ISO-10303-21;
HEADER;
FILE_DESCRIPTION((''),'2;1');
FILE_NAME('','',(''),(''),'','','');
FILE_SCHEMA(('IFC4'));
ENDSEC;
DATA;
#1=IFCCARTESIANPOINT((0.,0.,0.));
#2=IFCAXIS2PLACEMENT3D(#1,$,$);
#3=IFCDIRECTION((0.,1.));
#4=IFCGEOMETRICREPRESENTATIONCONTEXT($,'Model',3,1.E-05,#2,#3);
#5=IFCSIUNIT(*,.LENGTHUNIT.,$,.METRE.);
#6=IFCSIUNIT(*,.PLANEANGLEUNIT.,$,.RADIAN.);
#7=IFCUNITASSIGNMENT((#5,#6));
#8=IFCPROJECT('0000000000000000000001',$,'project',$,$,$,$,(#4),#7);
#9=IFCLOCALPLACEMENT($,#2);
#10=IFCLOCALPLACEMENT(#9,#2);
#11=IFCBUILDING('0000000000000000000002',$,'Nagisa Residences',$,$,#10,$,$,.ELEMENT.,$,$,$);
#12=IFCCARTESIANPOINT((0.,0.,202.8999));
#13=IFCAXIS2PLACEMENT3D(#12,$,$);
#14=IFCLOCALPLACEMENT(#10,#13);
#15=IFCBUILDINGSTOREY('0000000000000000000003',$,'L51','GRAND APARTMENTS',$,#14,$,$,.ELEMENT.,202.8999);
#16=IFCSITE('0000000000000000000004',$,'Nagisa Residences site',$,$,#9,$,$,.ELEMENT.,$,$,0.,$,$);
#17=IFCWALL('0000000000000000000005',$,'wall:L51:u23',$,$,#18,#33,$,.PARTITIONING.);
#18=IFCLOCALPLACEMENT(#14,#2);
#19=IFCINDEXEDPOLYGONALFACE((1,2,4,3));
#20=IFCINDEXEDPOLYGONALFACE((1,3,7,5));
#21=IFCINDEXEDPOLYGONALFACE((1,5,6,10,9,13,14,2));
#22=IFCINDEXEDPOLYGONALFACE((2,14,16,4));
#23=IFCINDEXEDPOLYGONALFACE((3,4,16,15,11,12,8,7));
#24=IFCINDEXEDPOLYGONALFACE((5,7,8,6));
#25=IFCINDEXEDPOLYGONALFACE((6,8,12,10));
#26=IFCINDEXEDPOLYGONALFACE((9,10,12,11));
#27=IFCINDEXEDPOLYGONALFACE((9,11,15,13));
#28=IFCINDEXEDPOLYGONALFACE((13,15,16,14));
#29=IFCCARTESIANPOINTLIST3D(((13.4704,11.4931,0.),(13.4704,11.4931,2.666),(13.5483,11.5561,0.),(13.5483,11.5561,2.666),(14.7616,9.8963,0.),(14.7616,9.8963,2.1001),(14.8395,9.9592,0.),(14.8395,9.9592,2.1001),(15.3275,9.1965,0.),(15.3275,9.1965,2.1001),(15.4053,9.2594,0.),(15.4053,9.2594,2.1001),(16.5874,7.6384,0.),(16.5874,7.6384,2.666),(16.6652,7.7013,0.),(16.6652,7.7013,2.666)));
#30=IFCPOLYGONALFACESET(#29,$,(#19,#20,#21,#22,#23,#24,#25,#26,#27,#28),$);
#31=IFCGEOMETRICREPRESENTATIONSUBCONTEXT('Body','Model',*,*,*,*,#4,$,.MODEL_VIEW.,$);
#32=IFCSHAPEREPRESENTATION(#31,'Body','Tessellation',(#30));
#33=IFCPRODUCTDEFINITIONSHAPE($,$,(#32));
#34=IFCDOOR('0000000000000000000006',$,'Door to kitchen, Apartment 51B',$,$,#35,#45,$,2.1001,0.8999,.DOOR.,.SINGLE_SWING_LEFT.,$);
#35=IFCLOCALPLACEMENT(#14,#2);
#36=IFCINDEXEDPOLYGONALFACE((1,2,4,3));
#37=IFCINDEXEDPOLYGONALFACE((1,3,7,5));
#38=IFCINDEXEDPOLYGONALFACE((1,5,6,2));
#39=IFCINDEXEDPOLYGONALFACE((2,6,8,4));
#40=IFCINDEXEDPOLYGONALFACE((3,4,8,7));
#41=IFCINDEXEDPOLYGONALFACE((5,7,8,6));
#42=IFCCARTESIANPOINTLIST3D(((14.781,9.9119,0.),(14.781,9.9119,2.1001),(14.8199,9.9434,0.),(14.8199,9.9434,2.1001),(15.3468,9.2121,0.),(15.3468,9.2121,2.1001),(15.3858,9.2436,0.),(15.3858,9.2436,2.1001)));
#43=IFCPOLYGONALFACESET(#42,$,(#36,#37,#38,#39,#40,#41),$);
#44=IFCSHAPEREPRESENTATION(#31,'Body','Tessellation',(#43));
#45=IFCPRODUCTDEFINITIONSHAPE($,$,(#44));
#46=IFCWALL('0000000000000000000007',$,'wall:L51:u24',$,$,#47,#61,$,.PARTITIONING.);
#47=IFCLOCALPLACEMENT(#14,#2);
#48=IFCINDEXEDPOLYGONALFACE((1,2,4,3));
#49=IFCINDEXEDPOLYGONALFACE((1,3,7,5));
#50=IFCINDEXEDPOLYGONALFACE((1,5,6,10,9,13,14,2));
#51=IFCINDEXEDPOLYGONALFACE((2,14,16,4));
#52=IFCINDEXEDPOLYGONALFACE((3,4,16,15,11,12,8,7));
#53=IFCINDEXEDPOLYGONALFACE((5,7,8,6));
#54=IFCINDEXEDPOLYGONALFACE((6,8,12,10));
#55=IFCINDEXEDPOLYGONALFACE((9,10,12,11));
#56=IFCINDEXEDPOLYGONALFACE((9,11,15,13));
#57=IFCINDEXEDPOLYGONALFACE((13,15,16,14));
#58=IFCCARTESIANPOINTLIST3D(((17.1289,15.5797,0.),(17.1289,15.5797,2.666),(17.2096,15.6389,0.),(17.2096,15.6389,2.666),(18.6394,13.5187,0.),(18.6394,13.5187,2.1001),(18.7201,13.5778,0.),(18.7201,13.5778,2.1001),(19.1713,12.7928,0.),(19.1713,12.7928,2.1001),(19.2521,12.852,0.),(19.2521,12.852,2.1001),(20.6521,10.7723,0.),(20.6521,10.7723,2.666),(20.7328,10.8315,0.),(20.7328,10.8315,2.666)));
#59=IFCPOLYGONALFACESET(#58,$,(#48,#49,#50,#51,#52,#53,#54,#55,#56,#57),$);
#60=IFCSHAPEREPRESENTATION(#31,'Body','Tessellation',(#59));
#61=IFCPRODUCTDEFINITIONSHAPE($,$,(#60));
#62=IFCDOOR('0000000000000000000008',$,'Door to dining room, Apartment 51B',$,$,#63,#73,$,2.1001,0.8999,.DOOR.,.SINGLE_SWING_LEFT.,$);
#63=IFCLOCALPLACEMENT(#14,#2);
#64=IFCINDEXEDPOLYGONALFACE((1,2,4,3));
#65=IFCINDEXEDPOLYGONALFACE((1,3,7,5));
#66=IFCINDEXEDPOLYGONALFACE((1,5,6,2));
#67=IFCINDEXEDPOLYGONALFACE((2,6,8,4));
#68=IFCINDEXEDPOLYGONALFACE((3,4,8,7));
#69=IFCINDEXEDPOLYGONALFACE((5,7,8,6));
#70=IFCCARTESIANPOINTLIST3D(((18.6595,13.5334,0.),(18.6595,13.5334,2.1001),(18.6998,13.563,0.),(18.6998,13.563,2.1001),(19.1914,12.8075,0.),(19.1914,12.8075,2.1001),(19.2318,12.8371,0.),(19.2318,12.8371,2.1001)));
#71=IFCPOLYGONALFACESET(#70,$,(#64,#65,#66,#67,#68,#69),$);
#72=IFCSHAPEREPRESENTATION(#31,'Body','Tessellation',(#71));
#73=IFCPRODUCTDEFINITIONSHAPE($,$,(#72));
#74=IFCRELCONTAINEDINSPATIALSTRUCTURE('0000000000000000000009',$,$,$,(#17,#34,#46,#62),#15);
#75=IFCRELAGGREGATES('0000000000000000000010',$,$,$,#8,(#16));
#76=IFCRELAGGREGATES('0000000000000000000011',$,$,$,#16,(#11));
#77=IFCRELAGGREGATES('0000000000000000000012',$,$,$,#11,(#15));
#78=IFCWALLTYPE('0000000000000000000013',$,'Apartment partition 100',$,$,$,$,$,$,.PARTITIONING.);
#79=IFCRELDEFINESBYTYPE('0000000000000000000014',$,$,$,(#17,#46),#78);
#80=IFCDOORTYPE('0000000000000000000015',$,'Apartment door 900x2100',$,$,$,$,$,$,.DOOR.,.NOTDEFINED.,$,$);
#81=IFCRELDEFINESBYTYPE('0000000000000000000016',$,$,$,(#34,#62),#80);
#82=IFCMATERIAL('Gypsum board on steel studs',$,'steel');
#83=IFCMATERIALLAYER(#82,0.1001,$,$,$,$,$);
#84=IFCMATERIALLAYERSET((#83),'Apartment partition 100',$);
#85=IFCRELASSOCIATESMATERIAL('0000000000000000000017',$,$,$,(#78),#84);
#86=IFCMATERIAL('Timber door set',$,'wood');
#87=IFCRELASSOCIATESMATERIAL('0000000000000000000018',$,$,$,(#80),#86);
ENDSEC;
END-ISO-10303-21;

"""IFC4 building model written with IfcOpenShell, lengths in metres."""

from ifc_helpers import new_model, si_unit, direction, frame, frame_2d, origin, place, context, subcontext, project, spatial, rectangle, extrude, material, layer, layer_set, type_object, element, fill, save


model = new_model("IFC4")

# Units and contexts
model_context = context("Model", 3, precision=1e-05, world=origin(), true_north=direction((0.0, 1.0)))
body_context = subcontext(model_context, "Body", "Model", "MODEL_VIEW")
ifc_project = project(units=[si_unit("LENGTHUNIT", "METRE"), si_unit("PLANEANGLEUNIT", "RADIAN")], contexts=[model_context])

# Site, building, storey
site_placement = place(None, origin())
site = spatial("IfcSite", under=ifc_project, at=site_placement, Name="Nagisa Residences site", CompositionType="ELEMENT", RefElevation=0.0)
building_placement = place(site_placement, origin())
building = spatial("IfcBuilding", under=site, at=building_placement, Name="Nagisa Residences", CompositionType="ELEMENT")
storey_placement = place(building_placement, frame((0.0, 0.0, 202.8999)))
storey = spatial("IfcBuildingStorey", under=building, at=storey_placement, Name="L51", Description="GRAND APARTMENTS", CompositionType="ELEMENT", Elevation=202.8999)

# Shared definitions
ifc_material_1 = material(Name="Gypsum board on steel studs", Category="steel")
ifc_layer_1 = layer(ifc_material_1, 0.1001)
ifc_layer_set_1 = layer_set([ifc_layer_1], Name="Apartment partition 100")
wall_type_1 = type_object("IfcWallType", Name="Apartment partition 100", PredefinedType="PARTITIONING", material=ifc_layer_set_1)
ifc_material_2 = material(Name="Timber door set", Category="wood")
door_type_1 = type_object("IfcDoorType", Name="Apartment door 900x2100", OperationType="NOTDEFINED", PredefinedType="DOOR", material=ifc_material_2)

# Walls, openings, doors
wall_1_placement = place(storey_placement, frame((16.6262, 7.6699, 0.0), z_axis=(0.0, 0.0, 1.0), x_axis=(-0.628765, 0.777596, 0.0)))
wall_1 = element("IfcWall", 1, at=wall_1_placement, inside=storey, type_object=wall_type_1, Name="wall:L51:u23", PredefinedType="PARTITIONING", context=body_context, shape_type="SweptSolid", body=[
    extrude(rectangle(XDim=4.9573, YDim=0.1001, at=frame_2d((2.4785, 0.0))), origin(), (0.0, 0.0, 1.0), 2.666),
])
opening_1_placement = place(wall_1_placement, frame((2.0037, 0.0, 0.0)))
opening_1 = element("IfcOpeningElement", 2, at=opening_1_placement, cuts=wall_1, PredefinedType="OPENING", context=body_context, shape_type="SweptSolid", body=[
    extrude(rectangle(XDim=0.8999, YDim=2.1001, at=frame_2d((0.45, 1.05))), frame((0.0, 0.0601, 0.0), z_axis=(0.0, -1.0, 0.0), x_axis=(1.0, 0.0, 0.0)), (0.0, 0.0, 1.0), 0.1201),
])
door_1_placement = place(opening_1_placement, frame((0.8999, 0.0, 0.0), x_axis=(-1.0, 0.0, 0.0)))
door_1 = element("IfcDoor", 3, at=door_1_placement, inside=storey, type_object=door_type_1, Name="Door to kitchen, Apartment 51B", OperationType="SINGLE_SWING_LEFT", OverallHeight=2.1001, OverallWidth=0.8999, PredefinedType="DOOR", context=body_context, shape_type="SweptSolid", body=[
    extrude(rectangle(XDim=0.8999, YDim=2.1001, at=frame_2d((0.45, 1.05))), frame((0.0, 0.0249, 0.0), z_axis=(0.0, -1.0, 0.0), x_axis=(1.0, 0.0, 0.0)), (0.0, 0.0, 1.0), 0.05),
])
fill(opening_1, door_1)
wall_2_placement = place(storey_placement, frame((20.6924, 10.802, 0.0), z_axis=(0.0, 0.0, 1.0), x_axis=(-0.591122, 0.806582, 0.0)))
wall_2 = element("IfcWall", 4, at=wall_2_placement, inside=storey, type_object=wall_type_1, Name="wall:L51:u24", PredefinedType="PARTITIONING", context=body_context, shape_type="SweptSolid", body=[
    extrude(rectangle(XDim=5.9602, YDim=0.1001, at=frame_2d((2.98, 0.0))), origin(), (0.0, 0.0, 1.0), 2.666),
])
opening_2_placement = place(wall_2_placement, frame((2.5049, 0.0, 0.0)))
opening_2 = element("IfcOpeningElement", 5, at=opening_2_placement, cuts=wall_2, PredefinedType="OPENING", context=body_context, shape_type="SweptSolid", body=[
    extrude(rectangle(XDim=0.8999, YDim=2.1001, at=frame_2d((0.45, 1.05))), frame((0.0, 0.0601, 0.0), z_axis=(0.0, -1.0, 0.0), x_axis=(1.0, 0.0, 0.0)), (0.0, 0.0, 1.0), 0.1201),
])
door_2_placement = place(opening_2_placement, frame((0.8999, 0.0, 0.0), x_axis=(-1.0, 0.0, 0.0)))
door_2 = element("IfcDoor", 6, at=door_2_placement, inside=storey, type_object=door_type_1, Name="Door to dining room, Apartment 51B", OperationType="SINGLE_SWING_LEFT", OverallHeight=2.1001, OverallWidth=0.8999, PredefinedType="DOOR", context=body_context, shape_type="SweptSolid", body=[
    extrude(rectangle(XDim=0.8999, YDim=2.1001, at=frame_2d((0.45, 1.05))), frame((0.0, 0.0249, 0.0), z_axis=(0.0, -1.0, 0.0), x_axis=(1.0, 0.0, 0.0)), (0.0, 0.0, 1.0), 0.05),
])
fill(opening_2, door_2)

save(model, "model.ifc")
